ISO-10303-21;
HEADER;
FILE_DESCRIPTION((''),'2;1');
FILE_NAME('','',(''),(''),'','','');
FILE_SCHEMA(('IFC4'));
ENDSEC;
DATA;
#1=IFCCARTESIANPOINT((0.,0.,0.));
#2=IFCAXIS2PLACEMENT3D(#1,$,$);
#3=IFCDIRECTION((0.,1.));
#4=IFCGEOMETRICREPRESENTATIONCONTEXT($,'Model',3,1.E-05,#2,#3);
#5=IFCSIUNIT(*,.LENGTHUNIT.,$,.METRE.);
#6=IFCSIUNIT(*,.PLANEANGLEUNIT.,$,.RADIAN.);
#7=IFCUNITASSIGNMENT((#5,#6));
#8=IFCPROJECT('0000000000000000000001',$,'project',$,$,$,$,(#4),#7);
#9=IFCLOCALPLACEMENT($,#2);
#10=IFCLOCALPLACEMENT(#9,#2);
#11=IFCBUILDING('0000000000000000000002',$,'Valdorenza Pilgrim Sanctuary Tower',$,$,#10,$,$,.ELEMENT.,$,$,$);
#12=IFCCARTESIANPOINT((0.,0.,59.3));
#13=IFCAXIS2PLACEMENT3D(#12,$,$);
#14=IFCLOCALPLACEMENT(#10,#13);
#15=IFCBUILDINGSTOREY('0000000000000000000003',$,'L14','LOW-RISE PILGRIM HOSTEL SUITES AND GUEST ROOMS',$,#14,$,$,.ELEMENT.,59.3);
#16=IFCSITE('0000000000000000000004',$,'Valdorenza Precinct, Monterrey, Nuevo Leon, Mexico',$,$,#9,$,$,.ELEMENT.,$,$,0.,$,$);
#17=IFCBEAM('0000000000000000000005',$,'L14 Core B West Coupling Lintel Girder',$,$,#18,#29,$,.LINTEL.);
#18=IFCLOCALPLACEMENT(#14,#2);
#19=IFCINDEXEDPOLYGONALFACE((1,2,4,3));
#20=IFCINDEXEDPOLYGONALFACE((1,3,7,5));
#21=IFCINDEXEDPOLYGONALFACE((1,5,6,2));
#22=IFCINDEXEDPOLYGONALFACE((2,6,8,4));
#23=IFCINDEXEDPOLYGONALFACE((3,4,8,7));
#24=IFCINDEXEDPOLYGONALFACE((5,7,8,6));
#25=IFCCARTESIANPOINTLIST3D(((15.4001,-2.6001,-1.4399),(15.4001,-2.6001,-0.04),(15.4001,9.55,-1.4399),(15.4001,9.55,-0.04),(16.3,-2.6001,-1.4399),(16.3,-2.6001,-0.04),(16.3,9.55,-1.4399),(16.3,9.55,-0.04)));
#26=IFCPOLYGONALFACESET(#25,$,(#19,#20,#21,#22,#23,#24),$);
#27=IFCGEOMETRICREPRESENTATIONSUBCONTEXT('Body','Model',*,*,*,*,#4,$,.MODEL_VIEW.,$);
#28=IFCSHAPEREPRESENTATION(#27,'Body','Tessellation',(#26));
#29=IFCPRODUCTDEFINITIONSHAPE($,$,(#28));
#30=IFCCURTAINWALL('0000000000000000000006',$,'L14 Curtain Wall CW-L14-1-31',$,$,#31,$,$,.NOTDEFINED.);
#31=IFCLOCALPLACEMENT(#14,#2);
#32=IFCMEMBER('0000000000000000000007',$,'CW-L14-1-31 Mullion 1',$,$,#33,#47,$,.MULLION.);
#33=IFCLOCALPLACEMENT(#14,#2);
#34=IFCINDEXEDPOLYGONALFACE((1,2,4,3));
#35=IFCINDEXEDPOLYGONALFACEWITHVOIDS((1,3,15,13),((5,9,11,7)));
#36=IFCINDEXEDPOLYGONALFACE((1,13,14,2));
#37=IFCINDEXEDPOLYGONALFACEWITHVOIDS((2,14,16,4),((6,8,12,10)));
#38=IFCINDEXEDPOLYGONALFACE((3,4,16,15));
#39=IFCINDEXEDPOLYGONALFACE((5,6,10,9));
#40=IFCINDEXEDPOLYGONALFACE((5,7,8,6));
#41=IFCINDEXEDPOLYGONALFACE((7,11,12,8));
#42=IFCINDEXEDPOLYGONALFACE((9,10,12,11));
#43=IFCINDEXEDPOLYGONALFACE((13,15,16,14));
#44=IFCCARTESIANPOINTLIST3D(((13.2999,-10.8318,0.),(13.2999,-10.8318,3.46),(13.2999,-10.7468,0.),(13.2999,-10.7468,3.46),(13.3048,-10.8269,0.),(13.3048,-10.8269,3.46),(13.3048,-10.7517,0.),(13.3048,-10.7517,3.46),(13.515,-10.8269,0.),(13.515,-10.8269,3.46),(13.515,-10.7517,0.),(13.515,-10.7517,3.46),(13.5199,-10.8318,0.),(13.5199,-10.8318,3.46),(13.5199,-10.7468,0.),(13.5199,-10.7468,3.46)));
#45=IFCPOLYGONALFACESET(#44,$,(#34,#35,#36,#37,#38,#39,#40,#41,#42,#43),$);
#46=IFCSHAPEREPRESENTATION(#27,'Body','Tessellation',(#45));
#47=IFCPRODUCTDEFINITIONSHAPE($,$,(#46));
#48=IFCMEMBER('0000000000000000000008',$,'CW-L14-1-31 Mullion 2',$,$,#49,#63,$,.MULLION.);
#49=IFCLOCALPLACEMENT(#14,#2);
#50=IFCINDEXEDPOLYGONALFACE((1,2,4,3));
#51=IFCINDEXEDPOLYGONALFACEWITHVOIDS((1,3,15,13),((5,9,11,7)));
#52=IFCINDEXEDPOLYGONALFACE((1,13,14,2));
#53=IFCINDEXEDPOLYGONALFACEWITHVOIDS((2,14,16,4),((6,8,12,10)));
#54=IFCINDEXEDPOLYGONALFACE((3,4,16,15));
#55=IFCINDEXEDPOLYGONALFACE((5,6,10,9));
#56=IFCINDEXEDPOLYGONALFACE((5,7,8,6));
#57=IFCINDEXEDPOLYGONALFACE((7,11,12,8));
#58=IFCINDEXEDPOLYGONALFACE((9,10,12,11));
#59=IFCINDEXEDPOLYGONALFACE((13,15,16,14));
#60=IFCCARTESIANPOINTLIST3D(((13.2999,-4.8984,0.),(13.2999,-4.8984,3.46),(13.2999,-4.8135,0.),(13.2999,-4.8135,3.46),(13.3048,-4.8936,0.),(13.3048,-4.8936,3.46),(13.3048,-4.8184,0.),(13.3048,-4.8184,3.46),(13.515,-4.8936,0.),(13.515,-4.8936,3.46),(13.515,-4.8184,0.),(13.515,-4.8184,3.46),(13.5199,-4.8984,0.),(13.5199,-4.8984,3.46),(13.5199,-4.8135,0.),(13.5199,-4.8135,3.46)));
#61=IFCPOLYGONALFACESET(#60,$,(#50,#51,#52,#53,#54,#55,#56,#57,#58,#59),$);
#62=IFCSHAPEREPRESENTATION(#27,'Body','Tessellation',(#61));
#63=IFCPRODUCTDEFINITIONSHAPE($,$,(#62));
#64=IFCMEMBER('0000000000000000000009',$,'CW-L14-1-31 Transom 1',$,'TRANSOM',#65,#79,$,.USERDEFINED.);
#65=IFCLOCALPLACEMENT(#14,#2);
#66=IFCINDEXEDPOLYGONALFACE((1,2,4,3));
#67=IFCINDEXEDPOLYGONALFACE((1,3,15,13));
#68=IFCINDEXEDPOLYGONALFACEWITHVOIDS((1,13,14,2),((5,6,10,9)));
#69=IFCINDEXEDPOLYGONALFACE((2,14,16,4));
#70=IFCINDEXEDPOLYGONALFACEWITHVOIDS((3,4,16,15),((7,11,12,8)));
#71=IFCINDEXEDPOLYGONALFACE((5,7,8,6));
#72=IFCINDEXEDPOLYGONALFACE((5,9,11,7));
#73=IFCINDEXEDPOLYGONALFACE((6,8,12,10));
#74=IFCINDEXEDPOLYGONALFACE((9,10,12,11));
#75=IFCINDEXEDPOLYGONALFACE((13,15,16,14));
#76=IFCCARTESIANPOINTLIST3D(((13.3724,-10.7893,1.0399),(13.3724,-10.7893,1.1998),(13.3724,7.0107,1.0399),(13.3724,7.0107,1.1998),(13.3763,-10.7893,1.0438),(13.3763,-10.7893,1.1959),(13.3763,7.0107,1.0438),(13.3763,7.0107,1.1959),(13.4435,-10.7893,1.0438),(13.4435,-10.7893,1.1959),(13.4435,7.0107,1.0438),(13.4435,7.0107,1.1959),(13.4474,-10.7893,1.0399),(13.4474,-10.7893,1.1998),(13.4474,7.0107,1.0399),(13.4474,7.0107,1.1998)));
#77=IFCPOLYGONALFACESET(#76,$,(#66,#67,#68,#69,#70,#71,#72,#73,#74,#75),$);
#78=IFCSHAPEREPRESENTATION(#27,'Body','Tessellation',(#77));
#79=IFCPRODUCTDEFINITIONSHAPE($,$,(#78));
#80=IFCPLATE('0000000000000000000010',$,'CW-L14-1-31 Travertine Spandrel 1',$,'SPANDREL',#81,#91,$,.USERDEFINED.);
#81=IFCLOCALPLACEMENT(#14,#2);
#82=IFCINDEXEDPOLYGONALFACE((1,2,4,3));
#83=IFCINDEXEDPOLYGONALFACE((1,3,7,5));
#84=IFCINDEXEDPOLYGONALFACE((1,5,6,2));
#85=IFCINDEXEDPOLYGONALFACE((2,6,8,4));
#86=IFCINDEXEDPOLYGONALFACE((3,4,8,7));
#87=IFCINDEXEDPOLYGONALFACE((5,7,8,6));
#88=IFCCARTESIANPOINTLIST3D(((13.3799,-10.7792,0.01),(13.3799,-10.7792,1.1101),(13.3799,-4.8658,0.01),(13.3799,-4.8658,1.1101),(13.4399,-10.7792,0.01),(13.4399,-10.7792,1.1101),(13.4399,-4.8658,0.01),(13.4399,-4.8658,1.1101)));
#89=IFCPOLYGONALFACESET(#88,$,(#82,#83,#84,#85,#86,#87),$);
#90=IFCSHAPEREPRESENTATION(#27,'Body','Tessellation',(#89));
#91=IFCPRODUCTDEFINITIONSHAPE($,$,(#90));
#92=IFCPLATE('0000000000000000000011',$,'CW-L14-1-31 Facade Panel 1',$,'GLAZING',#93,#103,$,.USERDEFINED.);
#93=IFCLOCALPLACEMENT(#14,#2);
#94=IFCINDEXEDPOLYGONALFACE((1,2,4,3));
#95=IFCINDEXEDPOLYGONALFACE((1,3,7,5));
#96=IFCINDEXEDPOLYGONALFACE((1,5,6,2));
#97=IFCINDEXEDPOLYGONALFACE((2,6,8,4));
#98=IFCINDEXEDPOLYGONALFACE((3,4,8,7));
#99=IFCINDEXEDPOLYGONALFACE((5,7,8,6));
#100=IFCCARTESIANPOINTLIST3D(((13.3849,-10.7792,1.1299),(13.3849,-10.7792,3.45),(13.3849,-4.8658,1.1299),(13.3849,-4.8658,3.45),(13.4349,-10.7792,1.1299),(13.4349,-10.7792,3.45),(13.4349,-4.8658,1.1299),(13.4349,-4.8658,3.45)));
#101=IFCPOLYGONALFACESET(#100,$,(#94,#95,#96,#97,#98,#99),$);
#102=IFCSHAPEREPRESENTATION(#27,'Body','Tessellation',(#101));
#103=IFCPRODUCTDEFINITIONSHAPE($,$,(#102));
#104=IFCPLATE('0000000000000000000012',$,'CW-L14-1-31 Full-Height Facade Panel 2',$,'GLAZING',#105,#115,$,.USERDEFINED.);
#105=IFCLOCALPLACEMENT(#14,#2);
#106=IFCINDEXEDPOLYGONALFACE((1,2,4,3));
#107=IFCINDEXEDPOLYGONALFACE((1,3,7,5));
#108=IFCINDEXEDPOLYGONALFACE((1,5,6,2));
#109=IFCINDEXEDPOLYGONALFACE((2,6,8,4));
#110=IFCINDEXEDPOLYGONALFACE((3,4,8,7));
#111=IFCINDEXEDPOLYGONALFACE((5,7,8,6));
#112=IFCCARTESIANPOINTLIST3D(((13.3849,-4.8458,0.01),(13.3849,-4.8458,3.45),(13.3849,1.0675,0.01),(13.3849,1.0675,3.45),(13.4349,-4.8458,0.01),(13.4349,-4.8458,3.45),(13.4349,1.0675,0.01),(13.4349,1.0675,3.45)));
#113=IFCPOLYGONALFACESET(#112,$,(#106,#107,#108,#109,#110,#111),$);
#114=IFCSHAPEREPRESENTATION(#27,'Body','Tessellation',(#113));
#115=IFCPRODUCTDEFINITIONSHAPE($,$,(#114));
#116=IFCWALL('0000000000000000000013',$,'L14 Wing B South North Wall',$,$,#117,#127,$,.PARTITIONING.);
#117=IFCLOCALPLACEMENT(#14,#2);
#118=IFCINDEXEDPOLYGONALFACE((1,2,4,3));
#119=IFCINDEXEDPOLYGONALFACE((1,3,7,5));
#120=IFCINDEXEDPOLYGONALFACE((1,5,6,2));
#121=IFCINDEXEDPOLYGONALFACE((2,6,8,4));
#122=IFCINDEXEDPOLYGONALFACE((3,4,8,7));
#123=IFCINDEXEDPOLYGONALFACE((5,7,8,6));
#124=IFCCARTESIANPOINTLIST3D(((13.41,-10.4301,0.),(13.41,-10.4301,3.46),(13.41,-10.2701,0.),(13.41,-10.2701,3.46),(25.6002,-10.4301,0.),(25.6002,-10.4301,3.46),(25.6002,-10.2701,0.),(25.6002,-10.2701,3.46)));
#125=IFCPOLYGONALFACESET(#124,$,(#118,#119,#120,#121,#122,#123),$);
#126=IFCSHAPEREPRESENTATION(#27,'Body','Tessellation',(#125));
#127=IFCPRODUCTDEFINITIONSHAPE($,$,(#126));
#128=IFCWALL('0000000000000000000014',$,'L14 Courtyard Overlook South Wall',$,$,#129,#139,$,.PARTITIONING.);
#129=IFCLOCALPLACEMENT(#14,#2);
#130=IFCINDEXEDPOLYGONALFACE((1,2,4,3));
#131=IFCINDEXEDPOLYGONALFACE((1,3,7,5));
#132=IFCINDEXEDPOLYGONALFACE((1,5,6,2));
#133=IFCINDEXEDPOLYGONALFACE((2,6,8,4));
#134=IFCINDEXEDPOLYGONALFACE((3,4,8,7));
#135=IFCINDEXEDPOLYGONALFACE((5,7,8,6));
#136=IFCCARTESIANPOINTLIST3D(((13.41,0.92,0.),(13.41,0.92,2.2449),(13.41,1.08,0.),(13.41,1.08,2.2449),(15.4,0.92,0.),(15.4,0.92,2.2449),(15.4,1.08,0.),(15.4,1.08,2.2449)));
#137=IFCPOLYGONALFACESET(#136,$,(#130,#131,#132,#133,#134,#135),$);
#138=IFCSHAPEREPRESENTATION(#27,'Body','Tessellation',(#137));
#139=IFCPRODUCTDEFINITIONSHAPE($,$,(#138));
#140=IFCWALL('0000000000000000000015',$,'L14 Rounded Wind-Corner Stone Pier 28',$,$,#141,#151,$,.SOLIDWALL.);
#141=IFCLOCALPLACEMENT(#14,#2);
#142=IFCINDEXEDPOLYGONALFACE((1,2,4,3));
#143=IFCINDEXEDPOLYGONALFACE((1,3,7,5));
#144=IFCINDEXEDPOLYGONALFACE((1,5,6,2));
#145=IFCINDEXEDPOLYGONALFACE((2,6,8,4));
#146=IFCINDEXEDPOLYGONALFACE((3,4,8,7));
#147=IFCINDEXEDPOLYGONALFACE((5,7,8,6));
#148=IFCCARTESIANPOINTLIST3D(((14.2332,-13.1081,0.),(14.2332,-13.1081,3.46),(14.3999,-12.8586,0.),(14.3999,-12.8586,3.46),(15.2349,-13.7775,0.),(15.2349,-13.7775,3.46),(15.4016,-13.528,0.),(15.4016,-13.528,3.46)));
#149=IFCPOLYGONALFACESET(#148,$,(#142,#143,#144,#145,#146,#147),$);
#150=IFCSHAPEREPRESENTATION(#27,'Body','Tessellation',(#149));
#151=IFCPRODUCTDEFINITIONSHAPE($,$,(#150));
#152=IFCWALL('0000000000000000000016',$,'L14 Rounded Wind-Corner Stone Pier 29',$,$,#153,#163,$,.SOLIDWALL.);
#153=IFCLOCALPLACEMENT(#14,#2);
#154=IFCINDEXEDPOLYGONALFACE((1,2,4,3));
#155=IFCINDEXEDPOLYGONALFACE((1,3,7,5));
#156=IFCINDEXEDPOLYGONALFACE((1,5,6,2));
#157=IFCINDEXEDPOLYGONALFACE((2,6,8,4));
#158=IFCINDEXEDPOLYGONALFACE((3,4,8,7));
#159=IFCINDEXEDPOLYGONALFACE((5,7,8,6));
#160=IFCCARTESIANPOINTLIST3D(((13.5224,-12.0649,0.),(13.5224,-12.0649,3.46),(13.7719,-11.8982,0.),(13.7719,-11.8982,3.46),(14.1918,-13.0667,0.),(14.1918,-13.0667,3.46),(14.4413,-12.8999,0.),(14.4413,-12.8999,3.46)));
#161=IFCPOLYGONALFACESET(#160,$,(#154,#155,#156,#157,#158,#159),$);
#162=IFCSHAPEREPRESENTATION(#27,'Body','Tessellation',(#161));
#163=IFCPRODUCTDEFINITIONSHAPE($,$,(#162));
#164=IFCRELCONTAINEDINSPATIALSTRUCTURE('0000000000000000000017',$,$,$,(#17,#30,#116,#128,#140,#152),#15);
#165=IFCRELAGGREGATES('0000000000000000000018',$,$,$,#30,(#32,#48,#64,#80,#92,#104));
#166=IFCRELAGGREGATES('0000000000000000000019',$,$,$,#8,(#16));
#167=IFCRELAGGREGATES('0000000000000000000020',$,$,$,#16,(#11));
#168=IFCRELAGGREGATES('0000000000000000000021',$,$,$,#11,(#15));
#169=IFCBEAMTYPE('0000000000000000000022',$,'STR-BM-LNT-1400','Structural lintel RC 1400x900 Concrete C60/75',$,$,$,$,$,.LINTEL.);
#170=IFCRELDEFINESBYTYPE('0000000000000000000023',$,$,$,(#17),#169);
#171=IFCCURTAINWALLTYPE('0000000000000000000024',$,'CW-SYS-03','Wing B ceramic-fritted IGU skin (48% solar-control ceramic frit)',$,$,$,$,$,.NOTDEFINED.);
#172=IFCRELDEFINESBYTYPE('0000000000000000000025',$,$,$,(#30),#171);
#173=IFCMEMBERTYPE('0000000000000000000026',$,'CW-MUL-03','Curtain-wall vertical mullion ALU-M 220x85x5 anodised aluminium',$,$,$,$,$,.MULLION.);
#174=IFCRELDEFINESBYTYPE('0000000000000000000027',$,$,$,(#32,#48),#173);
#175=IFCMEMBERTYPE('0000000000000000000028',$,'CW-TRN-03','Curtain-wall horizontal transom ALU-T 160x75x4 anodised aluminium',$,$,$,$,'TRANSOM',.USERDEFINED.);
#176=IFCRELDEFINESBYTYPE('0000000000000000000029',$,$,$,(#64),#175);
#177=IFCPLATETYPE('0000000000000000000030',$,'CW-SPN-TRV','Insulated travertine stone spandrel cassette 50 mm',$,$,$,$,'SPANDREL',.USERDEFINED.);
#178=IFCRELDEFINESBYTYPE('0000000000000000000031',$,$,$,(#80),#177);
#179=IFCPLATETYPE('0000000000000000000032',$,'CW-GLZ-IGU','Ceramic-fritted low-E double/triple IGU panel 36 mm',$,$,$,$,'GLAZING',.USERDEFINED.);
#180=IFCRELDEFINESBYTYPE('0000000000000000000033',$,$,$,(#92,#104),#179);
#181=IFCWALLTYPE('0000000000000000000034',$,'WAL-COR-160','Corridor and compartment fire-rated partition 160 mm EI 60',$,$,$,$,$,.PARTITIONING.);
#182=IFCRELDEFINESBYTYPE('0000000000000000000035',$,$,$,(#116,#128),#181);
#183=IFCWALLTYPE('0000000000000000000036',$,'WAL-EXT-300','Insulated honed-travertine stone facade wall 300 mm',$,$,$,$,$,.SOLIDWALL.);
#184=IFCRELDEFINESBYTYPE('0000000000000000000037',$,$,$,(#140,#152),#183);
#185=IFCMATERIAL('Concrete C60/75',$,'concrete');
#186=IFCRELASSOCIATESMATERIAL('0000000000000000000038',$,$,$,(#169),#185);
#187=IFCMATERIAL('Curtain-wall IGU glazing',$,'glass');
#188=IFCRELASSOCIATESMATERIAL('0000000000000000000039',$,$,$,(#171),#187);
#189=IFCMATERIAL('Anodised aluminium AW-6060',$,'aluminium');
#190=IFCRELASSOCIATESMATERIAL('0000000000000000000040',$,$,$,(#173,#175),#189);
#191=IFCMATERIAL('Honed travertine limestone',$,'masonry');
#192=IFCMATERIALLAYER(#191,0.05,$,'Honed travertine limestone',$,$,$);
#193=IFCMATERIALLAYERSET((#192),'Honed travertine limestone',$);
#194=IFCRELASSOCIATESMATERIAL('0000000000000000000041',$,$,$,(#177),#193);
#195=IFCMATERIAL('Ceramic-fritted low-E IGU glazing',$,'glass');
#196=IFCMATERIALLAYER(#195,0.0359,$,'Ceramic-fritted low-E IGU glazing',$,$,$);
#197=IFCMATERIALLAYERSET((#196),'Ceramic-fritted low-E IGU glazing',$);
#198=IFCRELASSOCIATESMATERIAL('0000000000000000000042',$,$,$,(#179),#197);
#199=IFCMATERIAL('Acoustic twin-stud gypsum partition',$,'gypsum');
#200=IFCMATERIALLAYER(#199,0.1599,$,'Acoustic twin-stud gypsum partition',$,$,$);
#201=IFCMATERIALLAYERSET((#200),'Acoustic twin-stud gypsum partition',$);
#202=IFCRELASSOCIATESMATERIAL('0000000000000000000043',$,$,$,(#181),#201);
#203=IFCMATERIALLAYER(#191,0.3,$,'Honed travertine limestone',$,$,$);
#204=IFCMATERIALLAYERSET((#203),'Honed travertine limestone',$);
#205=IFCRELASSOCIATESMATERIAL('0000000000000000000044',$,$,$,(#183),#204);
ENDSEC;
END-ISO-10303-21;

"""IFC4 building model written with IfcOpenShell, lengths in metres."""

from ifc_helpers import new_model, si_unit, direction, frame, frame_2d, origin, origin_2d, place, context, subcontext, project, spatial, rectangle, hollow_rectangle, extrude, source, transform, mapped, material, layer, layer_set, material_profile, profile_set, type_object, element, aggregate, save


model = new_model("IFC4")

# Units and contexts
model_context = context("Model", 3, precision=1e-05, world=origin(), true_north=direction((0.0, 1.0)))
body_context = subcontext(model_context, "Body", "Model", "MODEL_VIEW")
ifc_project = project(units=[si_unit("LENGTHUNIT", "METRE"), si_unit("PLANEANGLEUNIT", "RADIAN")], contexts=[model_context])

# Site, building, storey
site_placement = place(None, origin())
site = spatial("IfcSite", under=ifc_project, at=site_placement, Name="Valdorenza Precinct, Monterrey, Nuevo Leon, Mexico", CompositionType="ELEMENT", RefElevation=0.0)
building_placement = place(site_placement, origin())
building = spatial("IfcBuilding", under=site, at=building_placement, Name="Valdorenza Pilgrim Sanctuary Tower", CompositionType="ELEMENT")
storey_placement = place(building_placement, frame((0.0, 0.0, 59.3)))
storey = spatial("IfcBuildingStorey", under=building, at=storey_placement, Name="L14", Description="LOW-RISE PILGRIM HOSTEL SUITES AND GUEST ROOMS", CompositionType="ELEMENT", Elevation=59.3)

# Beam
ifc_material_1 = material(Name="Concrete C60/75", Category="concrete")
ifc_material_profile_1 = material_profile(ifc_material_1, rectangle(XDim=0.8999, YDim=1.3999, at=origin_2d()), Name="RC 1400x900")
ifc_profile_set_1 = profile_set([ifc_material_profile_1], Name="Concrete C60/75")
beam_type = type_object("IfcBeamType", Name="STR-BM-LNT-1400", Description="Structural lintel RC 1400x900 Concrete C60/75", PredefinedType="LINTEL", material=ifc_profile_set_1)
shared_shape_1 = source(origin(), body_context, "Body", "SweptSolid", [
    extrude(rectangle(XDim=0.8999, YDim=1.3999, at=origin_2d()), origin(), (0.0, 0.0, 1.0), 12.1501),
])
beam_placement = place(storey_placement, frame((15.8501, -2.6001, -0.74), z_axis=(0.0, 1.0, 0.0), x_axis=(-1.0, 0.0, 0.0)))
element("IfcBeam", 1, at=beam_placement, inside=storey, type_object=beam_type, Name="L14 Core B West Coupling Lintel Girder", PredefinedType="LINTEL", context=body_context, shape_type="MappedRepresentation", body=[
    mapped(shared_shape_1, transform((0.0, 0.0, 0.0), x_axis=(1.0, 0.0, 0.0), y_axis=(0.0, 1.0, 0.0), z_axis=(0.0, 0.0, 1.0), scale=1.0)),
])

# Curtain wall, members, plates
ifc_material_2 = material(Name="Curtain-wall IGU glazing", Category="glass")
curtain_wall_type = type_object("IfcCurtainWallType", Name="CW-SYS-03", Description="Wing B ceramic-fritted IGU skin (48% solar-control ceramic frit)", PredefinedType="NOTDEFINED", material=ifc_material_2)
curtain_wall_placement = place(storey_placement, origin())
curtain_wall = element("IfcCurtainWall", 2, at=curtain_wall_placement, inside=storey, type_object=curtain_wall_type, Name="L14 Curtain Wall CW-L14-1-31", PredefinedType="NOTDEFINED")
ifc_material_3 = material(Name="Anodised aluminium AW-6060", Category="aluminium")
ifc_material_profile_2 = material_profile(ifc_material_3, hollow_rectangle(XDim=0.085, YDim=0.22, WallThickness=0.0049, at=origin_2d()), Name="ALU-M 220x85x5")
ifc_profile_set_2 = profile_set([ifc_material_profile_2], Name="Anodised aluminium AW-6060")
member_type_1 = type_object("IfcMemberType", Name="CW-MUL-03", Description="Curtain-wall vertical mullion ALU-M 220x85x5 anodised aluminium", PredefinedType="MULLION", material=ifc_profile_set_2)
shared_shape_2 = source(origin(), body_context, "Body", "SweptSolid", [
    extrude(hollow_rectangle(XDim=0.085, YDim=0.22, WallThickness=0.0049, at=origin_2d()), origin(), (0.0, 0.0, 1.0), 3.46),
])
member_1_placement = place(storey_placement, frame((13.4099, -10.7893, 0.0), z_axis=(0.0, 0.0, 1.0), x_axis=(0.0, 1.0, 0.0)))
member_1 = element("IfcMember", 3, at=member_1_placement, type_object=member_type_1, Name="CW-L14-1-31 Mullion 1", PredefinedType="MULLION", context=body_context, shape_type="MappedRepresentation", body=[
    mapped(shared_shape_2, transform((0.0, 0.0, 0.0), x_axis=(1.0, 0.0, 0.0), y_axis=(0.0, 1.0, 0.0), z_axis=(0.0, 0.0, 1.0), scale=1.0)),
])
member_2_placement = place(storey_placement, frame((13.4099, -4.856, 0.0), z_axis=(0.0, 0.0, 1.0), x_axis=(0.0, 1.0, 0.0)))
member_2 = element("IfcMember", 4, at=member_2_placement, type_object=member_type_1, Name="CW-L14-1-31 Mullion 2", PredefinedType="MULLION", context=body_context, shape_type="MappedRepresentation", body=[
    mapped(shared_shape_2, transform((0.0, 0.0, 0.0), x_axis=(1.0, 0.0, 0.0), y_axis=(0.0, 1.0, 0.0), z_axis=(0.0, 0.0, 1.0), scale=1.0)),
])
ifc_material_profile_3 = material_profile(ifc_material_3, hollow_rectangle(XDim=0.075, YDim=0.1599, WallThickness=0.0039, at=origin_2d()), Name="ALU-T 160x75x4")
ifc_profile_set_3 = profile_set([ifc_material_profile_3], Name="Anodised aluminium AW-6060")
member_type_2 = type_object("IfcMemberType", Name="CW-TRN-03", Description="Curtain-wall horizontal transom ALU-T 160x75x4 anodised aluminium", ElementType="TRANSOM", PredefinedType="USERDEFINED", material=ifc_profile_set_3)
shared_shape_3 = source(origin(), body_context, "Body", "SweptSolid", [
    extrude(hollow_rectangle(XDim=0.075, YDim=0.1599, WallThickness=0.0039, at=origin_2d()), origin(), (0.0, 0.0, 1.0), 17.8),
])
member_3_placement = place(storey_placement, frame((13.4099, -10.7893, 1.1199), z_axis=(0.0, 1.0, 0.0), x_axis=(-1.0, 0.0, 0.0)))
member_3 = element("IfcMember", 5, at=member_3_placement, type_object=member_type_2, Name="CW-L14-1-31 Transom 1", ObjectType="TRANSOM", PredefinedType="USERDEFINED", context=body_context, shape_type="MappedRepresentation", body=[
    mapped(shared_shape_3, transform((0.0, 0.0, 0.0), x_axis=(1.0, 0.0, 0.0), y_axis=(0.0, 1.0, 0.0), z_axis=(0.0, 0.0, 1.0), scale=1.0)),
])
ifc_material_4 = material(Name="Honed travertine limestone", Category="masonry")
ifc_layer_1 = layer(ifc_material_4, 0.05, Name="Honed travertine limestone")
ifc_layer_set_1 = layer_set([ifc_layer_1], Name="Honed travertine limestone")
plate_type_1 = type_object("IfcPlateType", Name="CW-SPN-TRV", Description="Insulated travertine stone spandrel cassette 50 mm", ElementType="SPANDREL", PredefinedType="USERDEFINED", material=ifc_layer_set_1)
shared_shape_4 = source(origin(), body_context, "Body", "SweptSolid", [
    extrude(rectangle(XDim=5.9133, YDim=0.0601, at=origin_2d()), origin(), (0.0, 0.0, 1.0), 1.1001),
])
plate_1_placement = place(storey_placement, frame((13.4099, -7.8225, 0.01), z_axis=(0.0, 0.0, 1.0), x_axis=(0.0, 1.0, 0.0)))
plate_1 = element("IfcPlate", 6, at=plate_1_placement, type_object=plate_type_1, Name="CW-L14-1-31 Travertine Spandrel 1", ObjectType="SPANDREL", PredefinedType="USERDEFINED", context=body_context, shape_type="MappedRepresentation", body=[
    mapped(shared_shape_4, transform((0.0, 0.0, 0.0), x_axis=(1.0, 0.0, 0.0), y_axis=(0.0, 1.0, 0.0), z_axis=(0.0, 0.0, 1.0), scale=1.0)),
])
ifc_material_5 = material(Name="Ceramic-fritted low-E IGU glazing", Category="glass")
ifc_layer_2 = layer(ifc_material_5, 0.0359, Name="Ceramic-fritted low-E IGU glazing")
ifc_layer_set_2 = layer_set([ifc_layer_2], Name="Ceramic-fritted low-E IGU glazing")
plate_type_2 = type_object("IfcPlateType", Name="CW-GLZ-IGU", Description="Ceramic-fritted low-E double/triple IGU panel 36 mm", ElementType="GLAZING", PredefinedType="USERDEFINED", material=ifc_layer_set_2)
shared_shape_5 = source(origin(), body_context, "Body", "SweptSolid", [
    extrude(rectangle(XDim=5.9133, YDim=0.05, at=origin_2d()), origin(), (0.0, 0.0, 1.0), 2.3201),
])
plate_2_placement = place(storey_placement, frame((13.4099, -7.8225, 1.1299), z_axis=(0.0, 0.0, 1.0), x_axis=(0.0, 1.0, 0.0)))
plate_2 = element("IfcPlate", 7, at=plate_2_placement, type_object=plate_type_2, Name="CW-L14-1-31 Facade Panel 1", ObjectType="GLAZING", PredefinedType="USERDEFINED", context=body_context, shape_type="MappedRepresentation", body=[
    mapped(shared_shape_5, transform((0.0, 0.0, 0.0), x_axis=(1.0, 0.0, 0.0), y_axis=(0.0, 1.0, 0.0), z_axis=(0.0, 0.0, 1.0), scale=1.0)),
])
shared_shape_6 = source(origin(), body_context, "Body", "SweptSolid", [
    extrude(rectangle(XDim=5.9133, YDim=0.05, at=origin_2d()), origin(), (0.0, 0.0, 1.0), 3.4399),
])
plate_3_placement = place(storey_placement, frame((13.4099, -1.8892, 0.01), z_axis=(0.0, 0.0, 1.0), x_axis=(0.0, 1.0, 0.0)))
plate_3 = element("IfcPlate", 8, at=plate_3_placement, type_object=plate_type_2, Name="CW-L14-1-31 Full-Height Facade Panel 2", ObjectType="GLAZING", PredefinedType="USERDEFINED", context=body_context, shape_type="MappedRepresentation", body=[
    mapped(shared_shape_6, transform((0.0, 0.0, 0.0), x_axis=(1.0, 0.0, 0.0), y_axis=(0.0, 1.0, 0.0), z_axis=(0.0, 0.0, 1.0), scale=1.0)),
])
aggregate(curtain_wall, [member_1, member_2, member_3, plate_1, plate_2, plate_3])

# Walls
ifc_material_6 = material(Name="Acoustic twin-stud gypsum partition", Category="gypsum")
ifc_layer_3 = layer(ifc_material_6, 0.1599, Name="Acoustic twin-stud gypsum partition")
ifc_layer_set_3 = layer_set([ifc_layer_3], Name="Acoustic twin-stud gypsum partition")
wall_type_1 = type_object("IfcWallType", Name="WAL-COR-160", Description="Corridor and compartment fire-rated partition 160 mm EI 60", PredefinedType="PARTITIONING", material=ifc_layer_set_3)
wall_1_placement = place(storey_placement, frame((13.4099, -10.3501, 0.0), z_axis=(0.0, 0.0, 1.0), x_axis=(1.0, 0.0, 0.0)))
element("IfcWall", 9, at=wall_1_placement, inside=storey, type_object=wall_type_1, Name="L14 Wing B South North Wall", PredefinedType="PARTITIONING", context=body_context, shape_type="SweptSolid", body=[
    extrude(rectangle(XDim=12.1902, YDim=0.1599, at=frame_2d((6.0952, 0.0))), origin(), (0.0, 0.0, 1.0), 3.46),
])
wall_2_placement = place(storey_placement, frame((13.4099, 1.0, 0.0), z_axis=(0.0, 0.0, 1.0), x_axis=(1.0, 0.0, 0.0)))
element("IfcWall", 10, at=wall_2_placement, inside=storey, type_object=wall_type_1, Name="L14 Courtyard Overlook South Wall", PredefinedType="PARTITIONING", context=body_context, shape_type="SweptSolid", body=[
    extrude(rectangle(XDim=1.99, YDim=0.1599, at=frame_2d((0.9951, 0.0))), origin(), (0.0, 0.0, 1.0), 2.2449),
])
ifc_layer_4 = layer(ifc_material_4, 0.3, Name="Honed travertine limestone")
ifc_layer_set_4 = layer_set([ifc_layer_4], Name="Honed travertine limestone")
wall_type_2 = type_object("IfcWallType", Name="WAL-EXT-300", Description="Insulated honed-travertine stone facade wall 300 mm", PredefinedType="SOLIDWALL", material=ifc_layer_set_4)
for number, where, z_axis, x_axis, name in (
    (11, (15.3184, -13.6528, 0.0), (0.0, 0.0, 1.0), (-0.831426, 0.555635, 0.0), "L14 Rounded Wind-Corner Stone Pier 28"),
    (12, (14.3167, -12.9834, 0.0), (0.0, 0.0, 1.0), (-0.555635, 0.831426, 0.0), "L14 Rounded Wind-Corner Stone Pier 29"),
):
    element("IfcWall", number, at=place(storey_placement, frame(where, z_axis=z_axis, x_axis=x_axis)), inside=storey, type_object=wall_type_2, Name=name, PredefinedType="SOLIDWALL", context=body_context, shape_type="SweptSolid", body=[
        extrude(rectangle(XDim=1.2048, YDim=0.3, at=frame_2d((0.6025, 0.0))), origin(), (0.0, 0.0, 1.0), 3.46),
    ])

save(model, "model.ifc")
